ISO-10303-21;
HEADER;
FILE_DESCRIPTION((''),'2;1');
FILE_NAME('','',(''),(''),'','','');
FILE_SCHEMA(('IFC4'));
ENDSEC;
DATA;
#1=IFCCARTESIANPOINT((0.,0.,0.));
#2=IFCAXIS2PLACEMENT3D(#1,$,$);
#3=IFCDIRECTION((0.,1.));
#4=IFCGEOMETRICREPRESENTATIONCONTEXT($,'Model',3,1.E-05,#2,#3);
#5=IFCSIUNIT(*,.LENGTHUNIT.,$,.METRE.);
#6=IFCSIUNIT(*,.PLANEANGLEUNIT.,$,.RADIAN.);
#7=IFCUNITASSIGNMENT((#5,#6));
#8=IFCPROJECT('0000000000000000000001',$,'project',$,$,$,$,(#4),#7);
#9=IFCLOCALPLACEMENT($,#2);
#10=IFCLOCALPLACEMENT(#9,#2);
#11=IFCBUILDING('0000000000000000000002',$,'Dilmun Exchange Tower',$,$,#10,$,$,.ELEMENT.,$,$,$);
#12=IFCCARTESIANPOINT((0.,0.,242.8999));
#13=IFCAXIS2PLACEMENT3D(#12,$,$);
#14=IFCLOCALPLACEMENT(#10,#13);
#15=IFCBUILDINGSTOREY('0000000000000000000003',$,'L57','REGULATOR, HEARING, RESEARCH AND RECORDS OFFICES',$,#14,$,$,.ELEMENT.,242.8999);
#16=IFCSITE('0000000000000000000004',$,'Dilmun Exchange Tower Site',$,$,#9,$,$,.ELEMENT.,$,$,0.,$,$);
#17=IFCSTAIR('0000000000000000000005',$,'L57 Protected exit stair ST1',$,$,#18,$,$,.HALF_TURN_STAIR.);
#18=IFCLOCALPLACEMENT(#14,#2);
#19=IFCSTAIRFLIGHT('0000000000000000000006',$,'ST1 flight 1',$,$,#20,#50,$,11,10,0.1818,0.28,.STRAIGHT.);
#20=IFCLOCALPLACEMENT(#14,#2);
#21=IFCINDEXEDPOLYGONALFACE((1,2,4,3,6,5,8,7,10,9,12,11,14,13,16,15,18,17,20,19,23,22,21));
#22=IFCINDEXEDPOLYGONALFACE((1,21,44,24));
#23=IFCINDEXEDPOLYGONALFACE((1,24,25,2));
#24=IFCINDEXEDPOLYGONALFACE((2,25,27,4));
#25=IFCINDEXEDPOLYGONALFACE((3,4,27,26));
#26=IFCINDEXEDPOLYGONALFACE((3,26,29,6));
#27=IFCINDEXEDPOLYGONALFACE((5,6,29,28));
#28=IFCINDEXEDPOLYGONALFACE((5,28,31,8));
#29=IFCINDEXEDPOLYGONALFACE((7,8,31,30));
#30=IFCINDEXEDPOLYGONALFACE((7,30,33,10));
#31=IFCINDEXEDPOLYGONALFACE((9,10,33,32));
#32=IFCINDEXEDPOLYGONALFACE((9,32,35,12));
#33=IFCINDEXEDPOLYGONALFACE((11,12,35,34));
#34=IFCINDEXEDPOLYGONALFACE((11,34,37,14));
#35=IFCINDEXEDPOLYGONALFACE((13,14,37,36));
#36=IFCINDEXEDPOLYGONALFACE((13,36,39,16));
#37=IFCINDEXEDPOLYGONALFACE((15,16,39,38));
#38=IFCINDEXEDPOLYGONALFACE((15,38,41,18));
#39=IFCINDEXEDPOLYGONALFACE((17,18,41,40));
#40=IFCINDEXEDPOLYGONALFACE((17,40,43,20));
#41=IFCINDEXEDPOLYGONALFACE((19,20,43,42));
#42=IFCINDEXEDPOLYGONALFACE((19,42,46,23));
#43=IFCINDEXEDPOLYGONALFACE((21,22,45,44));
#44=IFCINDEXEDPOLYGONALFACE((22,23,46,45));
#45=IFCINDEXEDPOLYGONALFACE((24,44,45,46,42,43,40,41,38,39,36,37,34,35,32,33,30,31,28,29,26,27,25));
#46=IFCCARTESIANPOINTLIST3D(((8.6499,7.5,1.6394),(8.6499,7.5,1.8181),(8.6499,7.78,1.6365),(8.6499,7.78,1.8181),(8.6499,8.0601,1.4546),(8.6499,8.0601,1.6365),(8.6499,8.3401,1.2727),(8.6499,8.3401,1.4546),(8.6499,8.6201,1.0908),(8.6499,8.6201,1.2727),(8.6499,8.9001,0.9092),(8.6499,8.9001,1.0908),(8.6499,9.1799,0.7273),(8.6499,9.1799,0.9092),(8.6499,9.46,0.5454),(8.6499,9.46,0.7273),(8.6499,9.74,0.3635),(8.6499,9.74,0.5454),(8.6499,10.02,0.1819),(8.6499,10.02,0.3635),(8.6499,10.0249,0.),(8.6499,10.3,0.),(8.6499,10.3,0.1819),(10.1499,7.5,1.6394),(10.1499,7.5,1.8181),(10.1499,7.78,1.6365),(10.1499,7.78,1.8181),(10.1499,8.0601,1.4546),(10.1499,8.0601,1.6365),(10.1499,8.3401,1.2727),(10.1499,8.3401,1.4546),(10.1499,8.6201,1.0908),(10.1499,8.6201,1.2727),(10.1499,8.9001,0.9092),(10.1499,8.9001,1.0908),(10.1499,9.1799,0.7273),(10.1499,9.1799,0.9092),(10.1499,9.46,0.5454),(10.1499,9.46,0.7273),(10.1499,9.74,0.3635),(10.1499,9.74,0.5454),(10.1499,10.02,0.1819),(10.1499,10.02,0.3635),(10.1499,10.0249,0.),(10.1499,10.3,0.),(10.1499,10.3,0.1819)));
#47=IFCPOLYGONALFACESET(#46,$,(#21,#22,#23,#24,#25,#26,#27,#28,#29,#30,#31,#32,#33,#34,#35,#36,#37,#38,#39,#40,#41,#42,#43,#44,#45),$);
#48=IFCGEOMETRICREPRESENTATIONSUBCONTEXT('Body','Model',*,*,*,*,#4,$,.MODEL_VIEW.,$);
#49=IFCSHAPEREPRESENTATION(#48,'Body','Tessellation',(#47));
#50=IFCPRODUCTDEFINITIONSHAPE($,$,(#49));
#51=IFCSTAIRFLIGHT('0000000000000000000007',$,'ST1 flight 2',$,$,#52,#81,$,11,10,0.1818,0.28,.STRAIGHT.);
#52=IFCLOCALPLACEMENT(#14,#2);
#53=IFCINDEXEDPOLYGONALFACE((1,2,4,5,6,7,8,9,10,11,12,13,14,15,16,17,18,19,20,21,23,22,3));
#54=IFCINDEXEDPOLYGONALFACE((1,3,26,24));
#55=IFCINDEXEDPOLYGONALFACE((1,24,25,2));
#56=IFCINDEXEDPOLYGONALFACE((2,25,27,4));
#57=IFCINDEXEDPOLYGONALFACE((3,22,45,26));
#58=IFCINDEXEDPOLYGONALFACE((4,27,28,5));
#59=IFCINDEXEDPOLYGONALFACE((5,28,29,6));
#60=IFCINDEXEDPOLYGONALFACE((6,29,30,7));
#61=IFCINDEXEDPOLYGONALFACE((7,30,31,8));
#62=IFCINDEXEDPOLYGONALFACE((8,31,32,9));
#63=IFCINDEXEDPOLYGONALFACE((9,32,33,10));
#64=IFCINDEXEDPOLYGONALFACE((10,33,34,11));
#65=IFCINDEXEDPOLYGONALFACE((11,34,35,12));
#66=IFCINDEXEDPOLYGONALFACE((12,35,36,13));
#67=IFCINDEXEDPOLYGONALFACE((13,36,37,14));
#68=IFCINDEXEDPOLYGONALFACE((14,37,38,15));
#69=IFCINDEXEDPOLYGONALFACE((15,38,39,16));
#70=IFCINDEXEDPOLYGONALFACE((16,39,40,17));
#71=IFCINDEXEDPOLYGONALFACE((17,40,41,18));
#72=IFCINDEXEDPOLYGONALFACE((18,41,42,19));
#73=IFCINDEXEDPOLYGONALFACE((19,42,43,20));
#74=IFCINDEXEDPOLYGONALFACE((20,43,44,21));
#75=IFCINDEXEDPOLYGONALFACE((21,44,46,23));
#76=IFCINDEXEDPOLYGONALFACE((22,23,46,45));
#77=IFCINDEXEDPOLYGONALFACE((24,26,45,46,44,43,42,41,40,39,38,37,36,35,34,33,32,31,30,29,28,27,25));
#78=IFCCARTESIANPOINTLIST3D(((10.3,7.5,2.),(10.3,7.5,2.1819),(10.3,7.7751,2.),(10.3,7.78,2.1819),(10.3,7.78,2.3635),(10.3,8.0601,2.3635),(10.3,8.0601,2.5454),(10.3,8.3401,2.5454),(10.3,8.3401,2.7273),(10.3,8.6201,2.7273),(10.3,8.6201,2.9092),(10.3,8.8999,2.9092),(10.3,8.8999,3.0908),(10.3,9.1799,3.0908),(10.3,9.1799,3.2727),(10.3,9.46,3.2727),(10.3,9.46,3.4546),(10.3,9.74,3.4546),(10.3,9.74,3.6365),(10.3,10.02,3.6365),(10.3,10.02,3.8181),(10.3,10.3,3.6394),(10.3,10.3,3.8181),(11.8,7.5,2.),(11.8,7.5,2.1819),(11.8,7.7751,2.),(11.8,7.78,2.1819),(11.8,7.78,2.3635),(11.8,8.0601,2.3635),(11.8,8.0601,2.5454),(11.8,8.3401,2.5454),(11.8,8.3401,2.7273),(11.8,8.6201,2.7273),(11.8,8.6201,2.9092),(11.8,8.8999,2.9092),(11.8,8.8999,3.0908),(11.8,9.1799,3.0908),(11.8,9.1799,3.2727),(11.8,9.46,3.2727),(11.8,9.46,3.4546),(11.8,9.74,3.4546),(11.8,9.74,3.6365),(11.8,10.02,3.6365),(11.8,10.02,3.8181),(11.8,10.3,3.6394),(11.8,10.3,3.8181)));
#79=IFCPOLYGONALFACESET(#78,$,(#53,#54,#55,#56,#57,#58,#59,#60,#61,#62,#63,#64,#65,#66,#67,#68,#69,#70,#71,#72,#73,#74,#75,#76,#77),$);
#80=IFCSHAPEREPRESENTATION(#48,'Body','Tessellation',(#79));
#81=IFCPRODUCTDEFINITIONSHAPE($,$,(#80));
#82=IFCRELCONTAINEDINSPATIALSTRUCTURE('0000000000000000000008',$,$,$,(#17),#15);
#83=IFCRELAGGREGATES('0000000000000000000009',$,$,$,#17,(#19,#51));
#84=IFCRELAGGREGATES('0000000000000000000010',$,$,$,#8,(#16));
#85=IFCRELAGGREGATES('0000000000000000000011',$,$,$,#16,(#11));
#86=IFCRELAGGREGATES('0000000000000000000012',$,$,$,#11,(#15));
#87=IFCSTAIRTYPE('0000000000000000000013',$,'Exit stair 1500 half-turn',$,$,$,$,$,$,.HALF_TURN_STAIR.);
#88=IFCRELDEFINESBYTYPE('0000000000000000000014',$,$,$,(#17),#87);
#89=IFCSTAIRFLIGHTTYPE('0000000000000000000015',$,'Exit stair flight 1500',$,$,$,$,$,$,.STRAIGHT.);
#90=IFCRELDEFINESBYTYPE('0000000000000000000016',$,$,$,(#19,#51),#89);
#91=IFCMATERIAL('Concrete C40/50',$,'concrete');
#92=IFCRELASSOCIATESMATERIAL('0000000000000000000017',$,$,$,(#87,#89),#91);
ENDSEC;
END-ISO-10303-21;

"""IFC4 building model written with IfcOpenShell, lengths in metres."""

from ifc_helpers import new_model, si_unit, direction, frame, origin, place, context, subcontext, project, spatial, polyline, outline, extrude, material, type_object, element, aggregate, save


model = new_model("IFC4")

# Units and contexts
model_context = context("Model", 3, precision=1e-05, world=origin(), true_north=direction((0.0, 1.0)))
body_context = subcontext(model_context, "Body", "Model", "MODEL_VIEW")
ifc_project = project(units=[si_unit("LENGTHUNIT", "METRE"), si_unit("PLANEANGLEUNIT", "RADIAN")], contexts=[model_context])

# Site, building, storey
site_placement = place(None, origin())
site = spatial("IfcSite", under=ifc_project, at=site_placement, Name="Dilmun Exchange Tower Site", CompositionType="ELEMENT", RefElevation=0.0)
building_placement = place(site_placement, origin())
building = spatial("IfcBuilding", under=site, at=building_placement, Name="Dilmun Exchange Tower", CompositionType="ELEMENT")
storey_placement = place(building_placement, frame((0.0, 0.0, 242.8999)))
storey = spatial("IfcBuildingStorey", under=building, at=storey_placement, Name="L57", Description="REGULATOR, HEARING, RESEARCH AND RECORDS OFFICES", CompositionType="ELEMENT", Elevation=242.8999)

# Shared definitions
ifc_material_1 = material(Name="Concrete C40/50", Category="concrete")

# Stair, stair flights
stair_type = type_object("IfcStairType", Name="Exit stair 1500 half-turn", PredefinedType="HALF_TURN_STAIR", material=ifc_material_1)
stair_placement = place(storey_placement, origin())
stair = element("IfcStair", 1, at=stair_placement, inside=storey, type_object=stair_type, Name="L57 Protected exit stair ST1", PredefinedType="HALF_TURN_STAIR")
stair_flight_type = type_object("IfcStairFlightType", Name="Exit stair flight 1500", PredefinedType="STRAIGHT", material=ifc_material_1)
stair_flight_1_placement = place(storey_placement, frame((9.3999, 10.3, 0.0), z_axis=(0.0, 0.0, 1.0), x_axis=(0.0, -1.0, 0.0)))
stair_flight_1 = element("IfcStairFlight", 2, at=stair_flight_1_placement, type_object=stair_flight_type, Name="ST1 flight 1", NumberOfRisers=11, NumberOfTreads=10, PredefinedType="STRAIGHT", RiserHeight=0.1818, TreadLength=0.28, context=body_context, shape_type="SweptSolid", body=[
    extrude(outline(polyline([(0.0, 0.0), (0.0, 0.1819), (0.28, 0.1819), (0.28, 0.3635), (0.5601, 0.3635), (0.5601, 0.5454), (0.8401, 0.5454), (0.8401, 0.7273), (1.1201, 0.7273), (1.1201, 0.9092), (1.3999, 0.9092), (1.3999, 1.0908), (1.6799, 1.0908), (1.6799, 1.2727), (1.96, 1.2727), (1.96, 1.4546), (2.24, 1.4546), (2.24, 1.6365), (2.52, 1.6365), (2.52, 1.8181), (2.8, 1.8181), (2.8, 2.0), (2.8, 1.6394), (0.2751, 0.0), (0.0, 0.0)])), frame((0.0, 0.75, 0.0), z_axis=(0.0, -1.0, 0.0), x_axis=(1.0, 0.0, 0.0)), (0.0, 0.0, 1.0), 1.5),
])
stair_flight_2_placement = place(storey_placement, frame((11.05, 7.5, 2.0), z_axis=(0.0, 0.0, 1.0), x_axis=(0.0, 1.0, 0.0)))
stair_flight_2 = element("IfcStairFlight", 3, at=stair_flight_2_placement, type_object=stair_flight_type, Name="ST1 flight 2", NumberOfRisers=11, NumberOfTreads=10, PredefinedType="STRAIGHT", RiserHeight=0.1818, TreadLength=0.28, context=body_context, shape_type="SweptSolid", body=[
    extrude(outline(polyline([(0.0, 0.0), (0.0, 0.1819), (0.28, 0.1819), (0.28, 0.3635), (0.5601, 0.3635), (0.5601, 0.5454), (0.8401, 0.5454), (0.8401, 0.7273), (1.1201, 0.7273), (1.1201, 0.9092), (1.3999, 0.9092), (1.3999, 1.0908), (1.6799, 1.0908), (1.6799, 1.2727), (1.96, 1.2727), (1.96, 1.4546), (2.24, 1.4546), (2.24, 1.6365), (2.52, 1.6365), (2.52, 1.8181), (2.8, 1.8181), (2.8, 2.0), (2.8, 1.6394), (0.2751, 0.0), (0.0, 0.0)])), frame((0.0, 0.75, 0.0), z_axis=(0.0, -1.0, 0.0), x_axis=(1.0, 0.0, 0.0)), (0.0, 0.0, 1.0), 1.5),
])
aggregate(stair, [stair_flight_1, stair_flight_2])

save(model, "model.ifc")
